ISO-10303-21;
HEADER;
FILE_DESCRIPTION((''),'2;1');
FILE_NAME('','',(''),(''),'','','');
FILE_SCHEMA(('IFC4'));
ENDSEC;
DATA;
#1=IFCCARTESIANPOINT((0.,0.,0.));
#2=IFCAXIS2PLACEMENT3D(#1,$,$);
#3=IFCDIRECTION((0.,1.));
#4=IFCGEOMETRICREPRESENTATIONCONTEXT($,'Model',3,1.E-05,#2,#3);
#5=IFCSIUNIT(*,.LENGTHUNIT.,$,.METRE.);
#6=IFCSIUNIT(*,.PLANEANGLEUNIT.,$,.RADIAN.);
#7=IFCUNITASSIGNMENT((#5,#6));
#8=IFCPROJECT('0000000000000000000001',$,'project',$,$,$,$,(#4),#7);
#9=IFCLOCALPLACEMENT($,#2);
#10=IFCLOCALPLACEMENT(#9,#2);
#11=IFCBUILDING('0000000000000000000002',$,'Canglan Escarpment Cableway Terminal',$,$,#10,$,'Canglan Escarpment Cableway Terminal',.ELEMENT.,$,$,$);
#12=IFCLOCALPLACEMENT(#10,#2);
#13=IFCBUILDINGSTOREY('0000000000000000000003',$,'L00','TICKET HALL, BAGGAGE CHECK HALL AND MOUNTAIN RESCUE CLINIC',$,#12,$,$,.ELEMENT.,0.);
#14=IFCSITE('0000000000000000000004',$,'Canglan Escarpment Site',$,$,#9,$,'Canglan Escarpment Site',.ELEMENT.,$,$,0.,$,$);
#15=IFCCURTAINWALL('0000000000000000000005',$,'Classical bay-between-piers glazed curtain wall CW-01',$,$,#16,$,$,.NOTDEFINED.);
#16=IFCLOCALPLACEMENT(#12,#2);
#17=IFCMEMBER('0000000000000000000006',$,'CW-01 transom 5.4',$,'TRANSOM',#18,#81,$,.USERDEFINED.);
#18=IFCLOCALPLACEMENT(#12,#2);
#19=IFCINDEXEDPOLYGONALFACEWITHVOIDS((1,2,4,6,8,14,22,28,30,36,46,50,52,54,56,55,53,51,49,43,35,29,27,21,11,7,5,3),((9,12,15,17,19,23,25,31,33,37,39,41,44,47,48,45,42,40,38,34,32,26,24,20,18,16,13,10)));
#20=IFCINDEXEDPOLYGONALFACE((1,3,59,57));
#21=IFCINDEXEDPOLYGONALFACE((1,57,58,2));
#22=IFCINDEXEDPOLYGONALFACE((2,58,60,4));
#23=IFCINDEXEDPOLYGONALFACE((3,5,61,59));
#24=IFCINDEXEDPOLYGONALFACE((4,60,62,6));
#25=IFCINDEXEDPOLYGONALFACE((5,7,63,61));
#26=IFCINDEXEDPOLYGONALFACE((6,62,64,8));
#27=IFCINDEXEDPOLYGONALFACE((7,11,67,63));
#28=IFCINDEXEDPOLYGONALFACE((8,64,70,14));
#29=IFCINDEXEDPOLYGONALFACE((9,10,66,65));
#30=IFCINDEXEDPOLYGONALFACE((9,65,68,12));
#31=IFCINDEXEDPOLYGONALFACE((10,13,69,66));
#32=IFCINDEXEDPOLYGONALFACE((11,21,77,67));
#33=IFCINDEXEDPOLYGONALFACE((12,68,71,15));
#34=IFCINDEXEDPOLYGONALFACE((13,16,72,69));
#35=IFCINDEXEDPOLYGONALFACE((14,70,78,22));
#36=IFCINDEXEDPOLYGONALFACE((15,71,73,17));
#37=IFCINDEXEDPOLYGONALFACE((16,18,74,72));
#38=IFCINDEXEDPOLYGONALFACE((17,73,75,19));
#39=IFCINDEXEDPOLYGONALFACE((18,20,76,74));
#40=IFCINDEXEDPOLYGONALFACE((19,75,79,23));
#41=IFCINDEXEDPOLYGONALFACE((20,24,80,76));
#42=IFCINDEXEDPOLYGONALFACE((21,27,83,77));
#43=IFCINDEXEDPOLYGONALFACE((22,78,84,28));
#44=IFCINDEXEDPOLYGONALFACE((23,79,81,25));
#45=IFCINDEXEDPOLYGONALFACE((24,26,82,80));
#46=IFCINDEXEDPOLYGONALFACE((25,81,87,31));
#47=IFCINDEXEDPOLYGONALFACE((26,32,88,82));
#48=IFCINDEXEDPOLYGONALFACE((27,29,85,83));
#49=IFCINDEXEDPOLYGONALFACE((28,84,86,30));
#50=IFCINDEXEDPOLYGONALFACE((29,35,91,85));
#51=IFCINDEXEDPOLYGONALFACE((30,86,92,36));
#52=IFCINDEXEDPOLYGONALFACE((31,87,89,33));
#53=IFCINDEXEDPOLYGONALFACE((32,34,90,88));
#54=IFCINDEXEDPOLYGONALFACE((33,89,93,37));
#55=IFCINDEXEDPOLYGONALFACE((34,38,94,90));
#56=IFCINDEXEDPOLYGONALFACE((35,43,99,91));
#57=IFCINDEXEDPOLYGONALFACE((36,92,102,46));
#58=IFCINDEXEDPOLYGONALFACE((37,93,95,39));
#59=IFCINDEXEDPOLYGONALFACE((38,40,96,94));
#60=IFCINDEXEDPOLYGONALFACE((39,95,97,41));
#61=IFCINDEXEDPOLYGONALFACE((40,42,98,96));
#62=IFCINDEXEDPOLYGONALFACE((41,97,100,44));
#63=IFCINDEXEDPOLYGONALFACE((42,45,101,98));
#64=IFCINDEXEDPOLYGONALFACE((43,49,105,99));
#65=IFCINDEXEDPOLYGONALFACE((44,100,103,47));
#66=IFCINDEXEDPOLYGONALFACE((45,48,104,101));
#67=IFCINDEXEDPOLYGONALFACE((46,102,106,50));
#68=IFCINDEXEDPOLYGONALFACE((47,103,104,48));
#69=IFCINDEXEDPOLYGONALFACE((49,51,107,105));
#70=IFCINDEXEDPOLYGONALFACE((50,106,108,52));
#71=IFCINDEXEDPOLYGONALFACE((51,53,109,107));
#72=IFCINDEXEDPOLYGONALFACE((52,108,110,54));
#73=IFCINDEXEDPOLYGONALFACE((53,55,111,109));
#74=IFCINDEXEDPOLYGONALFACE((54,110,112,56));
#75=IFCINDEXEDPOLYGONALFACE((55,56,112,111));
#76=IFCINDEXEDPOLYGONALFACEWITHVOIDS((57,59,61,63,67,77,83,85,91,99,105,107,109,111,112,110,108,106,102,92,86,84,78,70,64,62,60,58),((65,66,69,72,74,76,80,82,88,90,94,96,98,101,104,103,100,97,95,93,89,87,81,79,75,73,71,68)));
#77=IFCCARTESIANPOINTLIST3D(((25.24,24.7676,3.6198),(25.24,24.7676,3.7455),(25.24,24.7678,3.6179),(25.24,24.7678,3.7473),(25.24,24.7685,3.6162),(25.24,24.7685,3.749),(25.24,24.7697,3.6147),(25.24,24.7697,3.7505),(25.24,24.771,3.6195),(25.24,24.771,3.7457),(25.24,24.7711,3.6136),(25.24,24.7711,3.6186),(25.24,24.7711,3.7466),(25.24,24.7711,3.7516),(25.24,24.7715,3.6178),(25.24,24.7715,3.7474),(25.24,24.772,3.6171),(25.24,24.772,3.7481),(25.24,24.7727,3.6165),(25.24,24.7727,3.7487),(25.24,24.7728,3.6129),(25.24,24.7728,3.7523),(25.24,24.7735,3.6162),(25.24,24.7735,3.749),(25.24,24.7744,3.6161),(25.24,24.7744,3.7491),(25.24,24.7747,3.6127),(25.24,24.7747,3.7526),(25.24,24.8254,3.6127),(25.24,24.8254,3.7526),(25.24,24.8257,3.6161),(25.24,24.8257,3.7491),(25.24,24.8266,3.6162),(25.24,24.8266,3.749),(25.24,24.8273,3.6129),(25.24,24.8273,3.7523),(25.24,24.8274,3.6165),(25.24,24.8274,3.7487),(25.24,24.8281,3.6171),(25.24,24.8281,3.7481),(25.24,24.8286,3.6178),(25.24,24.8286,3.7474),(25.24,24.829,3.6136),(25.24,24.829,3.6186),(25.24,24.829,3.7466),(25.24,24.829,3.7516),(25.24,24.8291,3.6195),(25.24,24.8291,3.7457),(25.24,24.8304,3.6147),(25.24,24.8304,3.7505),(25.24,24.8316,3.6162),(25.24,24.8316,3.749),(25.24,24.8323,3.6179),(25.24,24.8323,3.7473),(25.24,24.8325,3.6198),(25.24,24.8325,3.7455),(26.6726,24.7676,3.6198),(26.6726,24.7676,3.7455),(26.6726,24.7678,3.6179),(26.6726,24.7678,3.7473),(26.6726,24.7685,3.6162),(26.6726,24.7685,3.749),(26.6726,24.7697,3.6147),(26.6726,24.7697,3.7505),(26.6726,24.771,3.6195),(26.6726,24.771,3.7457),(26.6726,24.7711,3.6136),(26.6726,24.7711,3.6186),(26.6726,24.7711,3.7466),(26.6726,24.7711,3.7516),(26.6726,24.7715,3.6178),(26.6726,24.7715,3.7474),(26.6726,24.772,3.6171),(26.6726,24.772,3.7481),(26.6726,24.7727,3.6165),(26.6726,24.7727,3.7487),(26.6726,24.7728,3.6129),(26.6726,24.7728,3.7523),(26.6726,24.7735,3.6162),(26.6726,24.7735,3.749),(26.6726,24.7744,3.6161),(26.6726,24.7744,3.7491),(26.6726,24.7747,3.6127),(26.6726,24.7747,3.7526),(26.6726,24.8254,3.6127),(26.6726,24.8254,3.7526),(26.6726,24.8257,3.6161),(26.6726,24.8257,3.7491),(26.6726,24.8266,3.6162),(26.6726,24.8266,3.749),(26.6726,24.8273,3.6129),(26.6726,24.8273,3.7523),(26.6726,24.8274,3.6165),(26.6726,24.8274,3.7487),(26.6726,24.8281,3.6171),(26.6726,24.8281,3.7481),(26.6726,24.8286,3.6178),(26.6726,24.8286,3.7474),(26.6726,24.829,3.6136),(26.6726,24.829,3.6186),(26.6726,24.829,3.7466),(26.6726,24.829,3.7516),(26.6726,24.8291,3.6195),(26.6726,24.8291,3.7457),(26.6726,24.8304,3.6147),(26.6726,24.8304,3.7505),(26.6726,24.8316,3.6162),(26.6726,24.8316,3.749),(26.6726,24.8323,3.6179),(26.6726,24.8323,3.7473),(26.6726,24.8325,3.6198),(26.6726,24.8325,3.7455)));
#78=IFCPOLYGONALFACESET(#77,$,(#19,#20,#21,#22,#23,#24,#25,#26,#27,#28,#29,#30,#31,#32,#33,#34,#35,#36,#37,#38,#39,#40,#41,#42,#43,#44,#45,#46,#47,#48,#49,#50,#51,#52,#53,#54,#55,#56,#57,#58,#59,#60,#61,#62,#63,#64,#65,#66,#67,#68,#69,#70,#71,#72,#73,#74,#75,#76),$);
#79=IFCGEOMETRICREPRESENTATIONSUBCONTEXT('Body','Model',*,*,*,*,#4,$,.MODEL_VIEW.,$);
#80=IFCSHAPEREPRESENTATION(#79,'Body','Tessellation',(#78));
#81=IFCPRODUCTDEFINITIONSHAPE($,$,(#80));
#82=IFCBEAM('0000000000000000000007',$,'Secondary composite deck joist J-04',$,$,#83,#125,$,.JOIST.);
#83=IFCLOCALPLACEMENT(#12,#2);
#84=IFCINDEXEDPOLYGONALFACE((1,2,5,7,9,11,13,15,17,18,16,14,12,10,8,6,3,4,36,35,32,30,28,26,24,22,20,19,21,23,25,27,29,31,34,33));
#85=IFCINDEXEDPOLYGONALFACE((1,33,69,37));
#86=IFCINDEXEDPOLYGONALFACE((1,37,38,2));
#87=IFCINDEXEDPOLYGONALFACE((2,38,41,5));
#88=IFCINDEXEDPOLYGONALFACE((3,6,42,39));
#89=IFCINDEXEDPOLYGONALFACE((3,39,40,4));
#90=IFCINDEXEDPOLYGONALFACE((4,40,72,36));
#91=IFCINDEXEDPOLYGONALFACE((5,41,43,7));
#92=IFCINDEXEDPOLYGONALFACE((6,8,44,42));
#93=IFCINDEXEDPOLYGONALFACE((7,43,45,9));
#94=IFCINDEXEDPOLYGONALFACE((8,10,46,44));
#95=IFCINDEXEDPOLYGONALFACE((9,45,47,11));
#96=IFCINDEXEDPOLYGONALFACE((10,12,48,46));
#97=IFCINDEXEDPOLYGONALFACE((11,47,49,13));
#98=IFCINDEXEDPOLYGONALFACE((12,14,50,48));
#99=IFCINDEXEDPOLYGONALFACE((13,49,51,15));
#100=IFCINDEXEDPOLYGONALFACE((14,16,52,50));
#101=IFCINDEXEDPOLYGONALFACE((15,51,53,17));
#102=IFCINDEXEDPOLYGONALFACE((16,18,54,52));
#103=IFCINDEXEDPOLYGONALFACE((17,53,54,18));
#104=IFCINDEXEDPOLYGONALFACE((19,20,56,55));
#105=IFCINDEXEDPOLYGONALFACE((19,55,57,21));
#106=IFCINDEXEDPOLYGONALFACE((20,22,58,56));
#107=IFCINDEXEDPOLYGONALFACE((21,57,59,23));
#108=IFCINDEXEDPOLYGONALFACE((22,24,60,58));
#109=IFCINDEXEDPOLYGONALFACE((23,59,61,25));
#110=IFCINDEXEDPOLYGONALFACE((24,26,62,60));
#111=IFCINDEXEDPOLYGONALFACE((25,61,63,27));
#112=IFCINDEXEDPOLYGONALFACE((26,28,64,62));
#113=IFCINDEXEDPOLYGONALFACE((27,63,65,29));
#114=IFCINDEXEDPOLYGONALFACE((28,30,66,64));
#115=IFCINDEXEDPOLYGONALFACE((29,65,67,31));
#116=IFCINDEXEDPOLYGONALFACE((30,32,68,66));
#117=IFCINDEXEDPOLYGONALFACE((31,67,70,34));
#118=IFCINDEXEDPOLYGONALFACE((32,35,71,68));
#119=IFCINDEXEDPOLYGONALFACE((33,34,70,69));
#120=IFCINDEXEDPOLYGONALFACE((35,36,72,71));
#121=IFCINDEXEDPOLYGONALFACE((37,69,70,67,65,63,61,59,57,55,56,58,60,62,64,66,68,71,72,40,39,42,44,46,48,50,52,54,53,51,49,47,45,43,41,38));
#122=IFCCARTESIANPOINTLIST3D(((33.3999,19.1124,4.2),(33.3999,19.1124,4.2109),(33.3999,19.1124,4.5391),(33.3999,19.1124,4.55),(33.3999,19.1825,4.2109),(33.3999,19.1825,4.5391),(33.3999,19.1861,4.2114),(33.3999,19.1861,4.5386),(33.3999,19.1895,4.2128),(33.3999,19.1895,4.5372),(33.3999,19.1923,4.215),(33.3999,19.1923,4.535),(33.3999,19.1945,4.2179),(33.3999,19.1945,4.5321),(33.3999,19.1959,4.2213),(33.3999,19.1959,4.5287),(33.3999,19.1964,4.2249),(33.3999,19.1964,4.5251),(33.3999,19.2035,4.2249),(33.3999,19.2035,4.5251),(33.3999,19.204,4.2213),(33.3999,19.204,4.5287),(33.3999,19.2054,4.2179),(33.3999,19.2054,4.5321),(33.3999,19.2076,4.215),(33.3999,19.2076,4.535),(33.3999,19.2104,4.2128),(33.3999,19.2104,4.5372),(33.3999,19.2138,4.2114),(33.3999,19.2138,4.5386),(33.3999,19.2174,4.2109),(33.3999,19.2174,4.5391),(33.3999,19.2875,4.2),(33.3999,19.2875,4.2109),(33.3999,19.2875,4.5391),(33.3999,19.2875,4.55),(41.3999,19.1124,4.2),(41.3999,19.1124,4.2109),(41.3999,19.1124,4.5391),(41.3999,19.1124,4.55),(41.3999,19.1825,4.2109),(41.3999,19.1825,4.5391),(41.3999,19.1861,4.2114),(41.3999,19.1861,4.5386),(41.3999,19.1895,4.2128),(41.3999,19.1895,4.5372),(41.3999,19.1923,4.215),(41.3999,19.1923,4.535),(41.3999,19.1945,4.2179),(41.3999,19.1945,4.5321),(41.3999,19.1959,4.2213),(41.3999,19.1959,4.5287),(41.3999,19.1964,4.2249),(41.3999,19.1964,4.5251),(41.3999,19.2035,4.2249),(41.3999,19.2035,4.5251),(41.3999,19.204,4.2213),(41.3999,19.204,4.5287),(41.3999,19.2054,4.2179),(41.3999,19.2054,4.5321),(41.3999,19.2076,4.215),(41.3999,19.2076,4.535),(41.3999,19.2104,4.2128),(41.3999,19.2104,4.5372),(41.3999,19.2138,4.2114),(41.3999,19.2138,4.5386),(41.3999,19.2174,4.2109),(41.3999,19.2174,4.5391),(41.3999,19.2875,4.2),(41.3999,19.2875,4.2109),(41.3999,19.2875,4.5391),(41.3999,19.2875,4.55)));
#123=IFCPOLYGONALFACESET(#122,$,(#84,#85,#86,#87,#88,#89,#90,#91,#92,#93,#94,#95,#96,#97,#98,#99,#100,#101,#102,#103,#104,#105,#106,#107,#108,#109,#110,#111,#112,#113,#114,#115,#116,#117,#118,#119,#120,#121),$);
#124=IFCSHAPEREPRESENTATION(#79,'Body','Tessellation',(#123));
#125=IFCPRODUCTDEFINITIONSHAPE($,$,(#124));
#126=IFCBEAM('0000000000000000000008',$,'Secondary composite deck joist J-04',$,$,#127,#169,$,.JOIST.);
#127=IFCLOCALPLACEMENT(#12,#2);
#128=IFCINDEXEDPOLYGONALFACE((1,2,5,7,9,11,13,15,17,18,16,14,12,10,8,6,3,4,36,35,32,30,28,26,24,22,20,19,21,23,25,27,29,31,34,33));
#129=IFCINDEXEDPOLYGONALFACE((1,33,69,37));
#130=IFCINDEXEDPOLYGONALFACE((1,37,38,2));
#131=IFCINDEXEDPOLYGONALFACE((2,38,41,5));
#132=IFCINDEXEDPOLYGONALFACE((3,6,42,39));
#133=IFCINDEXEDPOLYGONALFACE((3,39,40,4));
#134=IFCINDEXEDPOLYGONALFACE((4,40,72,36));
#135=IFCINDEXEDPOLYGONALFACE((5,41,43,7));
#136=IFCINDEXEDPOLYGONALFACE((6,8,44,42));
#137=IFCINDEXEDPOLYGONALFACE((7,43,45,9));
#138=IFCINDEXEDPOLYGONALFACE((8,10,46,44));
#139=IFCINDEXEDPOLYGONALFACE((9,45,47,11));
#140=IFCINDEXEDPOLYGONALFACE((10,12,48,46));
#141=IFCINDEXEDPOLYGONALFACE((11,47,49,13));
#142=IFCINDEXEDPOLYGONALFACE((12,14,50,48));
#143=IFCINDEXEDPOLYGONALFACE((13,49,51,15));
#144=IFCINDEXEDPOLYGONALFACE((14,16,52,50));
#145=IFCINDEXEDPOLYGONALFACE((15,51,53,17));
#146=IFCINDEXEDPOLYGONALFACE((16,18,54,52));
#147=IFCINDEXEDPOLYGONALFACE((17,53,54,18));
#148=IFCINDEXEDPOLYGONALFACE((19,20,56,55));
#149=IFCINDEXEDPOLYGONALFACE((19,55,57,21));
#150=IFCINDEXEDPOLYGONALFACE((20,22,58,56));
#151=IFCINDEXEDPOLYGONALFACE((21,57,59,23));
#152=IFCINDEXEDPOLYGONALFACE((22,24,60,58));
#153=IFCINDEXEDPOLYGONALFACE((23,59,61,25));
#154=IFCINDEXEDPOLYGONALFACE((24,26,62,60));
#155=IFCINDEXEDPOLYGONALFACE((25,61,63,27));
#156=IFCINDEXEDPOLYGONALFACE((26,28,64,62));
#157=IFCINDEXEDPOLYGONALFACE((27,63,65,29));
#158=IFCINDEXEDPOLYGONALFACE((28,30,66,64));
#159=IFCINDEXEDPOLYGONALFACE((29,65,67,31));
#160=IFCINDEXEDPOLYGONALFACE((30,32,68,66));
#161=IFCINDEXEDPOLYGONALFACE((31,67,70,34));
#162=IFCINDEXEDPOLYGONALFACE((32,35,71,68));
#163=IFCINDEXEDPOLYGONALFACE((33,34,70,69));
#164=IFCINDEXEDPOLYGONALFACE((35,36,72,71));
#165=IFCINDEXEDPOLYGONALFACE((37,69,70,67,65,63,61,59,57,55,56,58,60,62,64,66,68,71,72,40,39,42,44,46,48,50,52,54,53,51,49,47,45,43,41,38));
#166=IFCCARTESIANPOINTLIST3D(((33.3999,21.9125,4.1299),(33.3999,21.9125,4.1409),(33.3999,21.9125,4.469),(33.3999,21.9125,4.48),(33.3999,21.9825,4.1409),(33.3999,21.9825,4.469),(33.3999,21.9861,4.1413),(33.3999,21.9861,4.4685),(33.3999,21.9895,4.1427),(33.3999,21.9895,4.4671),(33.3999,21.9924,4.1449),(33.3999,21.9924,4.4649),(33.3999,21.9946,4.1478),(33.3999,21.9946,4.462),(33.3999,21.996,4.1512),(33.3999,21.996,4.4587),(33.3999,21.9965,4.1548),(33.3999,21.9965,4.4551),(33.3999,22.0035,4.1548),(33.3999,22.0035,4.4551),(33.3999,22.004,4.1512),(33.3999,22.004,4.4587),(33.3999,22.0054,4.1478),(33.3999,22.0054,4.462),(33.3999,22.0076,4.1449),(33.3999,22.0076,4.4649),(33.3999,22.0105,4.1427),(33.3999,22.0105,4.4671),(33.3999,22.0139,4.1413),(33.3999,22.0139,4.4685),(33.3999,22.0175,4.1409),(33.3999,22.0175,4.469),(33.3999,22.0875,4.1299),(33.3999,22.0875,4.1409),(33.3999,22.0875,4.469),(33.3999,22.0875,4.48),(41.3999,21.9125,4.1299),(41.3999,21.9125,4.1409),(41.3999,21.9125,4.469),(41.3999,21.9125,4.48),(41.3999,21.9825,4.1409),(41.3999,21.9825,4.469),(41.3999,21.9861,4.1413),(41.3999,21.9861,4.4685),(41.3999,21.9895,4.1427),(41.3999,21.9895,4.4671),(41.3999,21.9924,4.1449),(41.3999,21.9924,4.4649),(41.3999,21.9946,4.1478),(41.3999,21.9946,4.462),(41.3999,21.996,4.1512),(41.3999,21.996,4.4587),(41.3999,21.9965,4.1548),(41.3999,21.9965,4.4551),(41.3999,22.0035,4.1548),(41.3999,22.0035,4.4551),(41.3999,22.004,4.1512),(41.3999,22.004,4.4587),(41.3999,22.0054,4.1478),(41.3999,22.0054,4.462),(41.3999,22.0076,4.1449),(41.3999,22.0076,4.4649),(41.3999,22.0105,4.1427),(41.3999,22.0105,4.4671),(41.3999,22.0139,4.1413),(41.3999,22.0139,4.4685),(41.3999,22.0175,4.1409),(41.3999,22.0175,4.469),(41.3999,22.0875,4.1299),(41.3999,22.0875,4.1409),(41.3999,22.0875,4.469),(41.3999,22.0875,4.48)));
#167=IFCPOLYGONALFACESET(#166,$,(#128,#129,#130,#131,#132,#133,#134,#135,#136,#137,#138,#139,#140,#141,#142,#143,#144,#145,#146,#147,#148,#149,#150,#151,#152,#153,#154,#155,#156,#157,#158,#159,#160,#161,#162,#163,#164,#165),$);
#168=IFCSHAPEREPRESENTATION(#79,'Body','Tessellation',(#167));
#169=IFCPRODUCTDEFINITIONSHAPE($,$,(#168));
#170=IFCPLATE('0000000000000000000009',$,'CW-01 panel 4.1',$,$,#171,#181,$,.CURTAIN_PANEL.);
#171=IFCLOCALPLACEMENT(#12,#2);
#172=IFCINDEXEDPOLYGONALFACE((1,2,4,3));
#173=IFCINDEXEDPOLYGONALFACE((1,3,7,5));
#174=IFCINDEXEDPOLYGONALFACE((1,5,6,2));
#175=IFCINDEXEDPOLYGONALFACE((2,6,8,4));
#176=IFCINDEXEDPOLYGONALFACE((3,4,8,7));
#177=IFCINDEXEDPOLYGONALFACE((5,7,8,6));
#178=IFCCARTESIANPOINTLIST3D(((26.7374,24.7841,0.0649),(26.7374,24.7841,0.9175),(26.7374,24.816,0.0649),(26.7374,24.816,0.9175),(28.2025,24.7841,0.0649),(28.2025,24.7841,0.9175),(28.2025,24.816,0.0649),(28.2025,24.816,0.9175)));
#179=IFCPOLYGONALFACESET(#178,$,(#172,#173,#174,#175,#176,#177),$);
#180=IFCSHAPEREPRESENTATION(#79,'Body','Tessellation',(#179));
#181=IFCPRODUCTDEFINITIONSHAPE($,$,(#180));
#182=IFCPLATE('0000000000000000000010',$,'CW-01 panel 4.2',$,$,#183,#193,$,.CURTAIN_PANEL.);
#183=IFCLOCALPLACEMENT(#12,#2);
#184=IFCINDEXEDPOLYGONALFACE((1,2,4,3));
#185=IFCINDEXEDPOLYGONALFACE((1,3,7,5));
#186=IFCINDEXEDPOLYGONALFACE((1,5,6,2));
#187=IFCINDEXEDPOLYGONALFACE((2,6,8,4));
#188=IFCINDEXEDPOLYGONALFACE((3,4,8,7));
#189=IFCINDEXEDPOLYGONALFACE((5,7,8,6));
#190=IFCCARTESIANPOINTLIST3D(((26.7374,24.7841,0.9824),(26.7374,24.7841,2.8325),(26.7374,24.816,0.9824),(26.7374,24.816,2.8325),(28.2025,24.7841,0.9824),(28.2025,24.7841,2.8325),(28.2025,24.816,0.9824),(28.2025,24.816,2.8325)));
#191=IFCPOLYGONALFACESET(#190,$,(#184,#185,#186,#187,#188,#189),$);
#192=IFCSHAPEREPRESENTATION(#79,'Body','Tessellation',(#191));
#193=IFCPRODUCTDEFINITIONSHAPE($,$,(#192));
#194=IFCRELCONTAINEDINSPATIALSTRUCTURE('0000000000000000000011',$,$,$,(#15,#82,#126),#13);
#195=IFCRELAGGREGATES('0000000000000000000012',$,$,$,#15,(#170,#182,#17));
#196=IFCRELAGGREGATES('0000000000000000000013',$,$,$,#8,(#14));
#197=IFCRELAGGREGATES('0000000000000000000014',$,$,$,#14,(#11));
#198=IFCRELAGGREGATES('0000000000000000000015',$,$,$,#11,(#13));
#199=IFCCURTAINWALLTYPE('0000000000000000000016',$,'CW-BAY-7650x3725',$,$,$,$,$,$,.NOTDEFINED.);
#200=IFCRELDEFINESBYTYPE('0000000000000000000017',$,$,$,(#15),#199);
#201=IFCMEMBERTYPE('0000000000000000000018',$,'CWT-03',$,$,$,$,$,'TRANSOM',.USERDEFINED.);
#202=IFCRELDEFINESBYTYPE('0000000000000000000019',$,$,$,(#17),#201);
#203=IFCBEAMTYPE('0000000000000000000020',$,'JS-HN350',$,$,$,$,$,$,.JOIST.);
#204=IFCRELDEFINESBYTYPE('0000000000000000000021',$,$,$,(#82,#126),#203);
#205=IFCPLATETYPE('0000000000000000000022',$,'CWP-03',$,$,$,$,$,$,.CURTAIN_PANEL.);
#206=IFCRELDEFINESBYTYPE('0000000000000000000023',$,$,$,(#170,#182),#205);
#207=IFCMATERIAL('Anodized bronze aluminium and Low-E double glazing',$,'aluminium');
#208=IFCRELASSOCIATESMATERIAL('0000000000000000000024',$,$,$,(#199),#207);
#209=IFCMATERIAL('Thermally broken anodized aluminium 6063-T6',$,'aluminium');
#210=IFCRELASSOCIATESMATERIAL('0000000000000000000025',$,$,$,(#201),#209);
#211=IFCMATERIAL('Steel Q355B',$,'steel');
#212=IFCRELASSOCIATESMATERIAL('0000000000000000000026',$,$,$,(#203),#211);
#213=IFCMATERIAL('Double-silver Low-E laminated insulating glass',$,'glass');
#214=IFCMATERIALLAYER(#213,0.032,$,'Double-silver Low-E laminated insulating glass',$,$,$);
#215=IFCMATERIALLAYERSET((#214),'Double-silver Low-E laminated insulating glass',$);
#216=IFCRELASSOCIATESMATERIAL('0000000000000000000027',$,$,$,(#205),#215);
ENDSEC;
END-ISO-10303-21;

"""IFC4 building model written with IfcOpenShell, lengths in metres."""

from ifc_helpers import new_model, si_unit, direction, frame, origin, origin_2d, place, context, subcontext, project, spatial, rectangle, hollow_rectangle, i_section, extrude, material, layer, layer_set, material_profile, profile_set, type_object, element, aggregate, save


model = new_model("IFC4")

# Units and contexts
model_context = context("Model", 3, precision=1e-05, world=origin(), true_north=direction((0.0, 1.0)))
body_context = subcontext(model_context, "Body", "Model", "MODEL_VIEW")
ifc_project = project(units=[si_unit("LENGTHUNIT", "METRE"), si_unit("PLANEANGLEUNIT", "RADIAN")], contexts=[model_context])

# Site, building, storey
site_placement = place(None, origin())
site = spatial("IfcSite", under=ifc_project, at=site_placement, Name="Canglan Escarpment Site", LongName="Canglan Escarpment Site", CompositionType="ELEMENT", RefElevation=0.0)
building_placement = place(site_placement, origin())
building = spatial("IfcBuilding", under=site, at=building_placement, Name="Canglan Escarpment Cableway Terminal", LongName="Canglan Escarpment Cableway Terminal", CompositionType="ELEMENT")
storey_placement = place(building_placement, origin())
storey = spatial("IfcBuildingStorey", under=building, at=storey_placement, Name="L00", Description="TICKET HALL, BAGGAGE CHECK HALL AND MOUNTAIN RESCUE CLINIC", CompositionType="ELEMENT", Elevation=0.0)

# Curtain wall, member
ifc_material_1 = material(Name="Anodized bronze aluminium and Low-E double glazing", Category="aluminium")
curtain_wall_type = type_object("IfcCurtainWallType", Name="CW-BAY-7650x3725", PredefinedType="NOTDEFINED", material=ifc_material_1)
curtain_wall_placement = place(storey_placement, origin())
curtain_wall = element("IfcCurtainWall", 1, at=curtain_wall_placement, inside=storey, type_object=curtain_wall_type, Name="Classical bay-between-piers glazed curtain wall CW-01", PredefinedType="NOTDEFINED")
ifc_material_2 = material(Name="Thermally broken anodized aluminium 6063-T6", Category="aluminium")
ifc_material_profile_1 = material_profile(ifc_material_2, hollow_rectangle(XDim=0.0649, YDim=0.1399, WallThickness=0.0034, InnerFilletRadius=0.0034, OuterFilletRadius=0.0071, at=origin_2d()), Name="ALU-TRAN 65x140x3.5")
ifc_profile_set_1 = profile_set([ifc_material_profile_1], Name="Thermally broken anodized aluminium 6063-T6")
member_type_1 = type_object("IfcMemberType", Name="CWT-03", ElementType="TRANSOM", PredefinedType="USERDEFINED", material=ifc_profile_set_1)
member_1_placement = place(storey_placement, frame((26.6726, 24.8, 3.6826), z_axis=(-1.0, 0.0, 0.0), x_axis=(0.0, -1.0, 0.0)))
member_1 = element("IfcMember", 2, at=member_1_placement, type_object=member_type_1, Name="CW-01 transom 5.4", ObjectType="TRANSOM", PredefinedType="USERDEFINED", context=body_context, shape_type="SweptSolid", body=[
    extrude(hollow_rectangle(XDim=0.0649, YDim=0.1399, WallThickness=0.0034, InnerFilletRadius=0.0034, OuterFilletRadius=0.0071, at=origin_2d()), origin(), (0.0, 0.0, 1.0), 1.4326),
])

# Beams
ifc_material_3 = material(Name="Steel Q355B", Category="steel")
ifc_material_profile_2 = material_profile(ifc_material_3, i_section(OverallWidth=0.175, OverallDepth=0.3501, WebThickness=0.0071, FlangeThickness=0.011, FilletRadius=0.0139, at=origin_2d()), Name="HN 350x175x7x11")
ifc_profile_set_2 = profile_set([ifc_material_profile_2], Name="Steel Q355B")
beam_type_1 = type_object("IfcBeamType", Name="JS-HN350", PredefinedType="JOIST", material=ifc_profile_set_2)
for number, where, z_axis, x_axis, name in (
    (3, (33.3999, 19.2, 4.375), (1.0, 0.0, 0.0), (0.0, 1.0, 0.0), "Secondary composite deck joist J-04"),
    (4, (33.3999, 22.0, 4.3049), (1.0, 0.0, 0.0), (0.0, 1.0, 0.0), "Secondary composite deck joist J-04"),
):
    element("IfcBeam", number, at=place(storey_placement, frame(where, z_axis=z_axis, x_axis=x_axis)), inside=storey, type_object=beam_type_1, Name=name, PredefinedType="JOIST", context=body_context, shape_type="SweptSolid", body=[
        extrude(i_section(OverallWidth=0.175, OverallDepth=0.3501, WebThickness=0.0071, FlangeThickness=0.011, FilletRadius=0.0139, at=origin_2d()), origin(), (0.0, 0.0, 1.0), 8.0),
    ])

# Plates
ifc_material_4 = material(Name="Double-silver Low-E laminated insulating glass", Category="glass")
ifc_layer_1 = layer(ifc_material_4, 0.032, Name="Double-silver Low-E laminated insulating glass")
ifc_layer_set_1 = layer_set([ifc_layer_1], Name="Double-silver Low-E laminated insulating glass")
plate_type = type_object("IfcPlateType", Name="CWP-03", PredefinedType="CURTAIN_PANEL", material=ifc_layer_set_1)
plate_1_placement = place(storey_placement, frame((27.47, 24.8, 0.0649), z_axis=(0.0, 0.0, 1.0), x_axis=(-1.0, 0.0, 0.0)))
plate_1 = element("IfcPlate", 5, at=plate_1_placement, type_object=plate_type, Name="CW-01 panel 4.1", PredefinedType="CURTAIN_PANEL", context=body_context, shape_type="SweptSolid", body=[
    extrude(rectangle(XDim=1.4651, YDim=0.032, at=origin_2d()), origin(), (0.0, 0.0, 1.0), 0.8525),
])
plate_2_placement = place(storey_placement, frame((27.47, 24.8, 0.9824), z_axis=(0.0, 0.0, 1.0), x_axis=(-1.0, 0.0, 0.0)))
plate_2 = element("IfcPlate", 6, at=plate_2_placement, type_object=plate_type, Name="CW-01 panel 4.2", PredefinedType="CURTAIN_PANEL", context=body_context, shape_type="SweptSolid", body=[
    extrude(rectangle(XDim=1.4651, YDim=0.032, at=origin_2d()), origin(), (0.0, 0.0, 1.0), 1.8501),
])
aggregate(curtain_wall, [plate_1, plate_2, member_1])

save(model, "model.ifc")
